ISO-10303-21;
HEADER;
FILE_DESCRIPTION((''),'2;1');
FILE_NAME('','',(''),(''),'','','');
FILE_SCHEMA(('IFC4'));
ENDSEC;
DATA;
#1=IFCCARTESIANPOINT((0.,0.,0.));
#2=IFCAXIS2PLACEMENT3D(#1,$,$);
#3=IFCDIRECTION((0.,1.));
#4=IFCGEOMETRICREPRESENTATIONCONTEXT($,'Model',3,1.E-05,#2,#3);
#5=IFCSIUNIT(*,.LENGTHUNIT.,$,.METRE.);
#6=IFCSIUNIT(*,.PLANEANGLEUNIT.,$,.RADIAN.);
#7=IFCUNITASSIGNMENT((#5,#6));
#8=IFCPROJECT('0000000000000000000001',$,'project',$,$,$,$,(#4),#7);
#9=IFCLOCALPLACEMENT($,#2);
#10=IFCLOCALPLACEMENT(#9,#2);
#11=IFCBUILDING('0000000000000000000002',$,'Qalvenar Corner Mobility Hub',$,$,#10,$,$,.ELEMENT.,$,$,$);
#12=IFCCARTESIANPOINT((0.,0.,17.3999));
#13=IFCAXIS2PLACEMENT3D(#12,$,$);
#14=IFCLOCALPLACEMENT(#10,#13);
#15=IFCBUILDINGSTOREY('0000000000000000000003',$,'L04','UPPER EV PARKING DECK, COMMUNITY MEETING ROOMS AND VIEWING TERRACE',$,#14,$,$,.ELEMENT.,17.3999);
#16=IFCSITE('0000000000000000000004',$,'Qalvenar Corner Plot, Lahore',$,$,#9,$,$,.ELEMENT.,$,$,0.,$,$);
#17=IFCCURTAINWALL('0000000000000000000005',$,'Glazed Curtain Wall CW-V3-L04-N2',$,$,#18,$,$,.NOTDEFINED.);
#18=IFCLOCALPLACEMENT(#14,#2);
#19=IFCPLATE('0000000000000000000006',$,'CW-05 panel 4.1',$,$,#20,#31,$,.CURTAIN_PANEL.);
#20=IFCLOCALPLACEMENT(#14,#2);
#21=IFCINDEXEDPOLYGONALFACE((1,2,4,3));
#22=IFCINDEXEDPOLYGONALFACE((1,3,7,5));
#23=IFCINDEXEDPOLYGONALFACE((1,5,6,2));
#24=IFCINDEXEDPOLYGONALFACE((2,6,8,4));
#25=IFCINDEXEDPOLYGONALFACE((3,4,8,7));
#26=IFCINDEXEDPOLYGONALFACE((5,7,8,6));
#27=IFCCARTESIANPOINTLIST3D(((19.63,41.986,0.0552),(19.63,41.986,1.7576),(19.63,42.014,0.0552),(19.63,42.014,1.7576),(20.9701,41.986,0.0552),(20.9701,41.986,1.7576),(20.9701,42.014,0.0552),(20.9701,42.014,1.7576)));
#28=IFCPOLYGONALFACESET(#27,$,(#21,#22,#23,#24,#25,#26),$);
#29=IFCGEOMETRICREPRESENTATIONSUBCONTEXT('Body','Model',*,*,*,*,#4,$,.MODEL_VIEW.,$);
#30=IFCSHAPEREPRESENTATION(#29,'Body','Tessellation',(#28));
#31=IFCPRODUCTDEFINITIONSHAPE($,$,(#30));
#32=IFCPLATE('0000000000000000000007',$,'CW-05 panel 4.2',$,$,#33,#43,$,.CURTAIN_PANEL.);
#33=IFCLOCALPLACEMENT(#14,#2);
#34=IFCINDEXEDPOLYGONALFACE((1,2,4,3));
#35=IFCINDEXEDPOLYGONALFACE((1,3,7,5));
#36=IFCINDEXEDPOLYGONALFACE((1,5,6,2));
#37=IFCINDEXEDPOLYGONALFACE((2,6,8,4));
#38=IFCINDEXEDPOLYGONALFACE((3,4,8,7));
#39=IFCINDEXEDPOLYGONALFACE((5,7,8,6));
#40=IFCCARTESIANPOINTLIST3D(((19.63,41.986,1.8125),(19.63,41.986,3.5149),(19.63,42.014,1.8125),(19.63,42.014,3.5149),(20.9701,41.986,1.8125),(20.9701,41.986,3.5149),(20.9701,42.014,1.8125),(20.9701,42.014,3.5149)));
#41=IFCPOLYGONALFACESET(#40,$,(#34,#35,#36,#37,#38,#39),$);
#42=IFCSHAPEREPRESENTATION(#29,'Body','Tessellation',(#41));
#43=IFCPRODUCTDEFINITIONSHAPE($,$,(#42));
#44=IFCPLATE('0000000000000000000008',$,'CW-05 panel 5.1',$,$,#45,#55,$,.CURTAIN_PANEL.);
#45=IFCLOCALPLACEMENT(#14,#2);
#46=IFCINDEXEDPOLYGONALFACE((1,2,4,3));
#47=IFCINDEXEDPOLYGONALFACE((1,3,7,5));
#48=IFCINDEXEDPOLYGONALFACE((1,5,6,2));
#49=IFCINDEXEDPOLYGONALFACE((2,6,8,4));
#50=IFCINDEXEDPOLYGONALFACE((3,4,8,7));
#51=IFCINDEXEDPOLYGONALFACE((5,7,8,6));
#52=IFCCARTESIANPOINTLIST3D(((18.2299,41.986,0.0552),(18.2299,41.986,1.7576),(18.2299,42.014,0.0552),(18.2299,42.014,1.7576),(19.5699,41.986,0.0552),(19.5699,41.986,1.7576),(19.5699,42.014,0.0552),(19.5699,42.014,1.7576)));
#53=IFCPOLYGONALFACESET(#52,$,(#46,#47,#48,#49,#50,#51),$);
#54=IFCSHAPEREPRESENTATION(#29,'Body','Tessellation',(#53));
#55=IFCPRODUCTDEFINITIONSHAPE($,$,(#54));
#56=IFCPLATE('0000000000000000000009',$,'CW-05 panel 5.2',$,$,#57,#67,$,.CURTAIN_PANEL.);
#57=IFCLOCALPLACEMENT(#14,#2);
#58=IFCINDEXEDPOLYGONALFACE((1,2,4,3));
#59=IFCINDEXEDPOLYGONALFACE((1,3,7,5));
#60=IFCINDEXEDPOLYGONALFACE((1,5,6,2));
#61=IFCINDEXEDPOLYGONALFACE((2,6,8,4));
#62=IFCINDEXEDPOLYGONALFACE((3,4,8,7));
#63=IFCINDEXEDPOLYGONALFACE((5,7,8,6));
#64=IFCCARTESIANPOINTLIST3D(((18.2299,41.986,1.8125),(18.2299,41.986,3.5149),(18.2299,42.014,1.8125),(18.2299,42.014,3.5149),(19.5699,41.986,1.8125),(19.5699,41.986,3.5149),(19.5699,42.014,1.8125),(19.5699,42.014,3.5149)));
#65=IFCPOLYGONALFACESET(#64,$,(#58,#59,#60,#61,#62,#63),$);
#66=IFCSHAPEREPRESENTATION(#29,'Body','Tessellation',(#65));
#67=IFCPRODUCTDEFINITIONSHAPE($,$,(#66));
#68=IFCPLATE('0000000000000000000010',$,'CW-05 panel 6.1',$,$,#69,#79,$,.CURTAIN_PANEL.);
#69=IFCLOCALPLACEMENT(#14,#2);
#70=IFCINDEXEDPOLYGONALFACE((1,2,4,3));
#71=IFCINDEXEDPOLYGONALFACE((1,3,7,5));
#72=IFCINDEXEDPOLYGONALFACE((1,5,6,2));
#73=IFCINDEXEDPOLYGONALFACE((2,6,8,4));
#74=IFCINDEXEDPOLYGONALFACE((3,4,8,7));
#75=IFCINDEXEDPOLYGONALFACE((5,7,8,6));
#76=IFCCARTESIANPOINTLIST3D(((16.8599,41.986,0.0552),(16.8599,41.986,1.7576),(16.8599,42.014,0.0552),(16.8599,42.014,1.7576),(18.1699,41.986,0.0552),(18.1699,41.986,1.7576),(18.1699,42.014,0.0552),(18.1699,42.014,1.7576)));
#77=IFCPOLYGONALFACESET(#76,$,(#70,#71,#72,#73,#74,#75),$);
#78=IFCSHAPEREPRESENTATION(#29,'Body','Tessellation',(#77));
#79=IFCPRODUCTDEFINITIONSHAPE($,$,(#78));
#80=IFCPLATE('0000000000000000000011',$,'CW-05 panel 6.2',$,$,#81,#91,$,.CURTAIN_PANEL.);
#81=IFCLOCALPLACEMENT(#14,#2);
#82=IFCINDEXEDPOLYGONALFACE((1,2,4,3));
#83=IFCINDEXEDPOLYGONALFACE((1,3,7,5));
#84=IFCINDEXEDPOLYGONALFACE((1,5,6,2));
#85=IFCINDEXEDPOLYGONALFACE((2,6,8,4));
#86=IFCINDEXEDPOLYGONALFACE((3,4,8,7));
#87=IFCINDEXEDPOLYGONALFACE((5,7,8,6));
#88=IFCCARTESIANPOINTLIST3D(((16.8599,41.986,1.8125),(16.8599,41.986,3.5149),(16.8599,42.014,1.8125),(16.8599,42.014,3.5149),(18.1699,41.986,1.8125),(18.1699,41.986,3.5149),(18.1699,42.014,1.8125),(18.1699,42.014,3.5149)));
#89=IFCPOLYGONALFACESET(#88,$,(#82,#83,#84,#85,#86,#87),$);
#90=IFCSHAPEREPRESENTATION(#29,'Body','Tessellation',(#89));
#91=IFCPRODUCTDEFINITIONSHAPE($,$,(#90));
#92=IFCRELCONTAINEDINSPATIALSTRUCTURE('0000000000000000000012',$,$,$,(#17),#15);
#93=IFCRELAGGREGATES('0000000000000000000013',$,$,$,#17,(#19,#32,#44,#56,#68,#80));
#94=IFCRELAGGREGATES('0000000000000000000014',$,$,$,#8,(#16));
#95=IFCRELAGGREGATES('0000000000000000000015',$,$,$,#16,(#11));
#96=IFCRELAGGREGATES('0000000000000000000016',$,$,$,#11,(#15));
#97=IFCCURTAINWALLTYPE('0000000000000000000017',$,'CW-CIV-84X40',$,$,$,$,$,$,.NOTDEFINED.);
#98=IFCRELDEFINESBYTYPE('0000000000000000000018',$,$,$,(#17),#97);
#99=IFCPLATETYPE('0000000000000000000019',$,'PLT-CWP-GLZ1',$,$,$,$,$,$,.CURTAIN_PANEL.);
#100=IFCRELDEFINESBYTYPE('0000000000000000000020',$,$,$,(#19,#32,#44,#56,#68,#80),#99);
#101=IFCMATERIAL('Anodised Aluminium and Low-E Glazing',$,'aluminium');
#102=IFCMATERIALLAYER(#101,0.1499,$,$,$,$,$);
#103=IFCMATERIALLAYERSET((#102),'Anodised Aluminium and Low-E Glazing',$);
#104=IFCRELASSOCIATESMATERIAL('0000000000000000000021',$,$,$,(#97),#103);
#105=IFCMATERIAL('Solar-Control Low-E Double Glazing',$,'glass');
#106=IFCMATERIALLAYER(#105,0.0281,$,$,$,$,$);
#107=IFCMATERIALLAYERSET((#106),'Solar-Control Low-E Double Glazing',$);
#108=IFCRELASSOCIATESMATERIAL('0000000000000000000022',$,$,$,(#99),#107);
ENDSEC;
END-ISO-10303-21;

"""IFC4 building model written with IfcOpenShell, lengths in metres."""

from ifc_helpers import new_model, si_unit, direction, frame, origin, origin_2d, place, context, subcontext, project, spatial, rectangle, extrude, material, layer, layer_set, type_object, element, aggregate, save


model = new_model("IFC4")

# Units and contexts
model_context = context("Model", 3, precision=1e-05, world=origin(), true_north=direction((0.0, 1.0)))
body_context = subcontext(model_context, "Body", "Model", "MODEL_VIEW")
ifc_project = project(units=[si_unit("LENGTHUNIT", "METRE"), si_unit("PLANEANGLEUNIT", "RADIAN")], contexts=[model_context])

# Site, building, storey
site_placement = place(None, origin())
site = spatial("IfcSite", under=ifc_project, at=site_placement, Name="Qalvenar Corner Plot, Lahore", CompositionType="ELEMENT", RefElevation=0.0)
building_placement = place(site_placement, origin())
building = spatial("IfcBuilding", under=site, at=building_placement, Name="Qalvenar Corner Mobility Hub", CompositionType="ELEMENT")
storey_placement = place(building_placement, frame((0.0, 0.0, 17.3999)))
storey = spatial("IfcBuildingStorey", under=building, at=storey_placement, Name="L04", Description="UPPER EV PARKING DECK, COMMUNITY MEETING ROOMS AND VIEWING TERRACE", CompositionType="ELEMENT", Elevation=17.3999)

# Curtain wall, plates
ifc_material_1 = material(Name="Anodised Aluminium and Low-E Glazing", Category="aluminium")
ifc_layer_1 = layer(ifc_material_1, 0.1499)
ifc_layer_set_1 = layer_set([ifc_layer_1], Name="Anodised Aluminium and Low-E Glazing")
curtain_wall_type = type_object("IfcCurtainWallType", Name="CW-CIV-84X40", PredefinedType="NOTDEFINED", material=ifc_layer_set_1)
curtain_wall_placement = place(storey_placement, origin())
curtain_wall = element("IfcCurtainWall", 1, at=curtain_wall_placement, inside=storey, type_object=curtain_wall_type, Name="Glazed Curtain Wall CW-V3-L04-N2", PredefinedType="NOTDEFINED")
ifc_material_2 = material(Name="Solar-Control Low-E Double Glazing", Category="glass")
ifc_layer_2 = layer(ifc_material_2, 0.0281)
ifc_layer_set_2 = layer_set([ifc_layer_2], Name="Solar-Control Low-E Double Glazing")
plate_type = type_object("IfcPlateType", Name="PLT-CWP-GLZ1", PredefinedType="CURTAIN_PANEL", material=ifc_layer_set_2)
plate_1_placement = place(storey_placement, frame((20.3, 42.0, 0.0552), z_axis=(0.0, 0.0, 1.0), x_axis=(-1.0, 0.0, 0.0)))
plate_1 = element("IfcPlate", 2, at=plate_1_placement, type_object=plate_type, Name="CW-05 panel 4.1", PredefinedType="CURTAIN_PANEL", context=body_context, shape_type="SweptSolid", body=[
    extrude(rectangle(XDim=1.3401, YDim=0.0281, at=origin_2d()), origin(), (0.0, 0.0, 1.0), 1.7024),
])
plate_2_placement = place(storey_placement, frame((20.3, 42.0, 1.8125), z_axis=(0.0, 0.0, 1.0), x_axis=(-1.0, 0.0, 0.0)))
plate_2 = element("IfcPlate", 3, at=plate_2_placement, type_object=plate_type, Name="CW-05 panel 4.2", PredefinedType="CURTAIN_PANEL", context=body_context, shape_type="SweptSolid", body=[
    extrude(rectangle(XDim=1.3401, YDim=0.0281, at=origin_2d()), origin(), (0.0, 0.0, 1.0), 1.7024),
])
plate_3_placement = place(storey_placement, frame((18.8999, 42.0, 0.0552), z_axis=(0.0, 0.0, 1.0), x_axis=(-1.0, 0.0, 0.0)))
plate_3 = element("IfcPlate", 4, at=plate_3_placement, type_object=plate_type, Name="CW-05 panel 5.1", PredefinedType="CURTAIN_PANEL", context=body_context, shape_type="SweptSolid", body=[
    extrude(rectangle(XDim=1.3401, YDim=0.0281, at=origin_2d()), origin(), (0.0, 0.0, 1.0), 1.7024),
])
plate_4_placement = place(storey_placement, frame((18.8999, 42.0, 1.8125), z_axis=(0.0, 0.0, 1.0), x_axis=(-1.0, 0.0, 0.0)))
plate_4 = element("IfcPlate", 5, at=plate_4_placement, type_object=plate_type, Name="CW-05 panel 5.2", PredefinedType="CURTAIN_PANEL", context=body_context, shape_type="SweptSolid", body=[
    extrude(rectangle(XDim=1.3401, YDim=0.0281, at=origin_2d()), origin(), (0.0, 0.0, 1.0), 1.7024),
])
plate_5_placement = place(storey_placement, frame((17.5149, 42.0, 0.0552), z_axis=(0.0, 0.0, 1.0), x_axis=(-1.0, 0.0, 0.0)))
plate_5 = element("IfcPlate", 6, at=plate_5_placement, type_object=plate_type, Name="CW-05 panel 6.1", PredefinedType="CURTAIN_PANEL", context=body_context, shape_type="SweptSolid", body=[
    extrude(rectangle(XDim=1.3101, YDim=0.0281, at=origin_2d()), origin(), (0.0, 0.0, 1.0), 1.7024),
])
plate_6_placement = place(storey_placement, frame((17.5149, 42.0, 1.8125), z_axis=(0.0, 0.0, 1.0), x_axis=(-1.0, 0.0, 0.0)))
plate_6 = element("IfcPlate", 7, at=plate_6_placement, type_object=plate_type, Name="CW-05 panel 6.2", PredefinedType="CURTAIN_PANEL", context=body_context, shape_type="SweptSolid", body=[
    extrude(rectangle(XDim=1.3101, YDim=0.0281, at=origin_2d()), origin(), (0.0, 0.0, 1.0), 1.7024),
])
aggregate(curtain_wall, [plate_1, plate_2, plate_3, plate_4, plate_5, plate_6])

save(model, "model.ifc")
